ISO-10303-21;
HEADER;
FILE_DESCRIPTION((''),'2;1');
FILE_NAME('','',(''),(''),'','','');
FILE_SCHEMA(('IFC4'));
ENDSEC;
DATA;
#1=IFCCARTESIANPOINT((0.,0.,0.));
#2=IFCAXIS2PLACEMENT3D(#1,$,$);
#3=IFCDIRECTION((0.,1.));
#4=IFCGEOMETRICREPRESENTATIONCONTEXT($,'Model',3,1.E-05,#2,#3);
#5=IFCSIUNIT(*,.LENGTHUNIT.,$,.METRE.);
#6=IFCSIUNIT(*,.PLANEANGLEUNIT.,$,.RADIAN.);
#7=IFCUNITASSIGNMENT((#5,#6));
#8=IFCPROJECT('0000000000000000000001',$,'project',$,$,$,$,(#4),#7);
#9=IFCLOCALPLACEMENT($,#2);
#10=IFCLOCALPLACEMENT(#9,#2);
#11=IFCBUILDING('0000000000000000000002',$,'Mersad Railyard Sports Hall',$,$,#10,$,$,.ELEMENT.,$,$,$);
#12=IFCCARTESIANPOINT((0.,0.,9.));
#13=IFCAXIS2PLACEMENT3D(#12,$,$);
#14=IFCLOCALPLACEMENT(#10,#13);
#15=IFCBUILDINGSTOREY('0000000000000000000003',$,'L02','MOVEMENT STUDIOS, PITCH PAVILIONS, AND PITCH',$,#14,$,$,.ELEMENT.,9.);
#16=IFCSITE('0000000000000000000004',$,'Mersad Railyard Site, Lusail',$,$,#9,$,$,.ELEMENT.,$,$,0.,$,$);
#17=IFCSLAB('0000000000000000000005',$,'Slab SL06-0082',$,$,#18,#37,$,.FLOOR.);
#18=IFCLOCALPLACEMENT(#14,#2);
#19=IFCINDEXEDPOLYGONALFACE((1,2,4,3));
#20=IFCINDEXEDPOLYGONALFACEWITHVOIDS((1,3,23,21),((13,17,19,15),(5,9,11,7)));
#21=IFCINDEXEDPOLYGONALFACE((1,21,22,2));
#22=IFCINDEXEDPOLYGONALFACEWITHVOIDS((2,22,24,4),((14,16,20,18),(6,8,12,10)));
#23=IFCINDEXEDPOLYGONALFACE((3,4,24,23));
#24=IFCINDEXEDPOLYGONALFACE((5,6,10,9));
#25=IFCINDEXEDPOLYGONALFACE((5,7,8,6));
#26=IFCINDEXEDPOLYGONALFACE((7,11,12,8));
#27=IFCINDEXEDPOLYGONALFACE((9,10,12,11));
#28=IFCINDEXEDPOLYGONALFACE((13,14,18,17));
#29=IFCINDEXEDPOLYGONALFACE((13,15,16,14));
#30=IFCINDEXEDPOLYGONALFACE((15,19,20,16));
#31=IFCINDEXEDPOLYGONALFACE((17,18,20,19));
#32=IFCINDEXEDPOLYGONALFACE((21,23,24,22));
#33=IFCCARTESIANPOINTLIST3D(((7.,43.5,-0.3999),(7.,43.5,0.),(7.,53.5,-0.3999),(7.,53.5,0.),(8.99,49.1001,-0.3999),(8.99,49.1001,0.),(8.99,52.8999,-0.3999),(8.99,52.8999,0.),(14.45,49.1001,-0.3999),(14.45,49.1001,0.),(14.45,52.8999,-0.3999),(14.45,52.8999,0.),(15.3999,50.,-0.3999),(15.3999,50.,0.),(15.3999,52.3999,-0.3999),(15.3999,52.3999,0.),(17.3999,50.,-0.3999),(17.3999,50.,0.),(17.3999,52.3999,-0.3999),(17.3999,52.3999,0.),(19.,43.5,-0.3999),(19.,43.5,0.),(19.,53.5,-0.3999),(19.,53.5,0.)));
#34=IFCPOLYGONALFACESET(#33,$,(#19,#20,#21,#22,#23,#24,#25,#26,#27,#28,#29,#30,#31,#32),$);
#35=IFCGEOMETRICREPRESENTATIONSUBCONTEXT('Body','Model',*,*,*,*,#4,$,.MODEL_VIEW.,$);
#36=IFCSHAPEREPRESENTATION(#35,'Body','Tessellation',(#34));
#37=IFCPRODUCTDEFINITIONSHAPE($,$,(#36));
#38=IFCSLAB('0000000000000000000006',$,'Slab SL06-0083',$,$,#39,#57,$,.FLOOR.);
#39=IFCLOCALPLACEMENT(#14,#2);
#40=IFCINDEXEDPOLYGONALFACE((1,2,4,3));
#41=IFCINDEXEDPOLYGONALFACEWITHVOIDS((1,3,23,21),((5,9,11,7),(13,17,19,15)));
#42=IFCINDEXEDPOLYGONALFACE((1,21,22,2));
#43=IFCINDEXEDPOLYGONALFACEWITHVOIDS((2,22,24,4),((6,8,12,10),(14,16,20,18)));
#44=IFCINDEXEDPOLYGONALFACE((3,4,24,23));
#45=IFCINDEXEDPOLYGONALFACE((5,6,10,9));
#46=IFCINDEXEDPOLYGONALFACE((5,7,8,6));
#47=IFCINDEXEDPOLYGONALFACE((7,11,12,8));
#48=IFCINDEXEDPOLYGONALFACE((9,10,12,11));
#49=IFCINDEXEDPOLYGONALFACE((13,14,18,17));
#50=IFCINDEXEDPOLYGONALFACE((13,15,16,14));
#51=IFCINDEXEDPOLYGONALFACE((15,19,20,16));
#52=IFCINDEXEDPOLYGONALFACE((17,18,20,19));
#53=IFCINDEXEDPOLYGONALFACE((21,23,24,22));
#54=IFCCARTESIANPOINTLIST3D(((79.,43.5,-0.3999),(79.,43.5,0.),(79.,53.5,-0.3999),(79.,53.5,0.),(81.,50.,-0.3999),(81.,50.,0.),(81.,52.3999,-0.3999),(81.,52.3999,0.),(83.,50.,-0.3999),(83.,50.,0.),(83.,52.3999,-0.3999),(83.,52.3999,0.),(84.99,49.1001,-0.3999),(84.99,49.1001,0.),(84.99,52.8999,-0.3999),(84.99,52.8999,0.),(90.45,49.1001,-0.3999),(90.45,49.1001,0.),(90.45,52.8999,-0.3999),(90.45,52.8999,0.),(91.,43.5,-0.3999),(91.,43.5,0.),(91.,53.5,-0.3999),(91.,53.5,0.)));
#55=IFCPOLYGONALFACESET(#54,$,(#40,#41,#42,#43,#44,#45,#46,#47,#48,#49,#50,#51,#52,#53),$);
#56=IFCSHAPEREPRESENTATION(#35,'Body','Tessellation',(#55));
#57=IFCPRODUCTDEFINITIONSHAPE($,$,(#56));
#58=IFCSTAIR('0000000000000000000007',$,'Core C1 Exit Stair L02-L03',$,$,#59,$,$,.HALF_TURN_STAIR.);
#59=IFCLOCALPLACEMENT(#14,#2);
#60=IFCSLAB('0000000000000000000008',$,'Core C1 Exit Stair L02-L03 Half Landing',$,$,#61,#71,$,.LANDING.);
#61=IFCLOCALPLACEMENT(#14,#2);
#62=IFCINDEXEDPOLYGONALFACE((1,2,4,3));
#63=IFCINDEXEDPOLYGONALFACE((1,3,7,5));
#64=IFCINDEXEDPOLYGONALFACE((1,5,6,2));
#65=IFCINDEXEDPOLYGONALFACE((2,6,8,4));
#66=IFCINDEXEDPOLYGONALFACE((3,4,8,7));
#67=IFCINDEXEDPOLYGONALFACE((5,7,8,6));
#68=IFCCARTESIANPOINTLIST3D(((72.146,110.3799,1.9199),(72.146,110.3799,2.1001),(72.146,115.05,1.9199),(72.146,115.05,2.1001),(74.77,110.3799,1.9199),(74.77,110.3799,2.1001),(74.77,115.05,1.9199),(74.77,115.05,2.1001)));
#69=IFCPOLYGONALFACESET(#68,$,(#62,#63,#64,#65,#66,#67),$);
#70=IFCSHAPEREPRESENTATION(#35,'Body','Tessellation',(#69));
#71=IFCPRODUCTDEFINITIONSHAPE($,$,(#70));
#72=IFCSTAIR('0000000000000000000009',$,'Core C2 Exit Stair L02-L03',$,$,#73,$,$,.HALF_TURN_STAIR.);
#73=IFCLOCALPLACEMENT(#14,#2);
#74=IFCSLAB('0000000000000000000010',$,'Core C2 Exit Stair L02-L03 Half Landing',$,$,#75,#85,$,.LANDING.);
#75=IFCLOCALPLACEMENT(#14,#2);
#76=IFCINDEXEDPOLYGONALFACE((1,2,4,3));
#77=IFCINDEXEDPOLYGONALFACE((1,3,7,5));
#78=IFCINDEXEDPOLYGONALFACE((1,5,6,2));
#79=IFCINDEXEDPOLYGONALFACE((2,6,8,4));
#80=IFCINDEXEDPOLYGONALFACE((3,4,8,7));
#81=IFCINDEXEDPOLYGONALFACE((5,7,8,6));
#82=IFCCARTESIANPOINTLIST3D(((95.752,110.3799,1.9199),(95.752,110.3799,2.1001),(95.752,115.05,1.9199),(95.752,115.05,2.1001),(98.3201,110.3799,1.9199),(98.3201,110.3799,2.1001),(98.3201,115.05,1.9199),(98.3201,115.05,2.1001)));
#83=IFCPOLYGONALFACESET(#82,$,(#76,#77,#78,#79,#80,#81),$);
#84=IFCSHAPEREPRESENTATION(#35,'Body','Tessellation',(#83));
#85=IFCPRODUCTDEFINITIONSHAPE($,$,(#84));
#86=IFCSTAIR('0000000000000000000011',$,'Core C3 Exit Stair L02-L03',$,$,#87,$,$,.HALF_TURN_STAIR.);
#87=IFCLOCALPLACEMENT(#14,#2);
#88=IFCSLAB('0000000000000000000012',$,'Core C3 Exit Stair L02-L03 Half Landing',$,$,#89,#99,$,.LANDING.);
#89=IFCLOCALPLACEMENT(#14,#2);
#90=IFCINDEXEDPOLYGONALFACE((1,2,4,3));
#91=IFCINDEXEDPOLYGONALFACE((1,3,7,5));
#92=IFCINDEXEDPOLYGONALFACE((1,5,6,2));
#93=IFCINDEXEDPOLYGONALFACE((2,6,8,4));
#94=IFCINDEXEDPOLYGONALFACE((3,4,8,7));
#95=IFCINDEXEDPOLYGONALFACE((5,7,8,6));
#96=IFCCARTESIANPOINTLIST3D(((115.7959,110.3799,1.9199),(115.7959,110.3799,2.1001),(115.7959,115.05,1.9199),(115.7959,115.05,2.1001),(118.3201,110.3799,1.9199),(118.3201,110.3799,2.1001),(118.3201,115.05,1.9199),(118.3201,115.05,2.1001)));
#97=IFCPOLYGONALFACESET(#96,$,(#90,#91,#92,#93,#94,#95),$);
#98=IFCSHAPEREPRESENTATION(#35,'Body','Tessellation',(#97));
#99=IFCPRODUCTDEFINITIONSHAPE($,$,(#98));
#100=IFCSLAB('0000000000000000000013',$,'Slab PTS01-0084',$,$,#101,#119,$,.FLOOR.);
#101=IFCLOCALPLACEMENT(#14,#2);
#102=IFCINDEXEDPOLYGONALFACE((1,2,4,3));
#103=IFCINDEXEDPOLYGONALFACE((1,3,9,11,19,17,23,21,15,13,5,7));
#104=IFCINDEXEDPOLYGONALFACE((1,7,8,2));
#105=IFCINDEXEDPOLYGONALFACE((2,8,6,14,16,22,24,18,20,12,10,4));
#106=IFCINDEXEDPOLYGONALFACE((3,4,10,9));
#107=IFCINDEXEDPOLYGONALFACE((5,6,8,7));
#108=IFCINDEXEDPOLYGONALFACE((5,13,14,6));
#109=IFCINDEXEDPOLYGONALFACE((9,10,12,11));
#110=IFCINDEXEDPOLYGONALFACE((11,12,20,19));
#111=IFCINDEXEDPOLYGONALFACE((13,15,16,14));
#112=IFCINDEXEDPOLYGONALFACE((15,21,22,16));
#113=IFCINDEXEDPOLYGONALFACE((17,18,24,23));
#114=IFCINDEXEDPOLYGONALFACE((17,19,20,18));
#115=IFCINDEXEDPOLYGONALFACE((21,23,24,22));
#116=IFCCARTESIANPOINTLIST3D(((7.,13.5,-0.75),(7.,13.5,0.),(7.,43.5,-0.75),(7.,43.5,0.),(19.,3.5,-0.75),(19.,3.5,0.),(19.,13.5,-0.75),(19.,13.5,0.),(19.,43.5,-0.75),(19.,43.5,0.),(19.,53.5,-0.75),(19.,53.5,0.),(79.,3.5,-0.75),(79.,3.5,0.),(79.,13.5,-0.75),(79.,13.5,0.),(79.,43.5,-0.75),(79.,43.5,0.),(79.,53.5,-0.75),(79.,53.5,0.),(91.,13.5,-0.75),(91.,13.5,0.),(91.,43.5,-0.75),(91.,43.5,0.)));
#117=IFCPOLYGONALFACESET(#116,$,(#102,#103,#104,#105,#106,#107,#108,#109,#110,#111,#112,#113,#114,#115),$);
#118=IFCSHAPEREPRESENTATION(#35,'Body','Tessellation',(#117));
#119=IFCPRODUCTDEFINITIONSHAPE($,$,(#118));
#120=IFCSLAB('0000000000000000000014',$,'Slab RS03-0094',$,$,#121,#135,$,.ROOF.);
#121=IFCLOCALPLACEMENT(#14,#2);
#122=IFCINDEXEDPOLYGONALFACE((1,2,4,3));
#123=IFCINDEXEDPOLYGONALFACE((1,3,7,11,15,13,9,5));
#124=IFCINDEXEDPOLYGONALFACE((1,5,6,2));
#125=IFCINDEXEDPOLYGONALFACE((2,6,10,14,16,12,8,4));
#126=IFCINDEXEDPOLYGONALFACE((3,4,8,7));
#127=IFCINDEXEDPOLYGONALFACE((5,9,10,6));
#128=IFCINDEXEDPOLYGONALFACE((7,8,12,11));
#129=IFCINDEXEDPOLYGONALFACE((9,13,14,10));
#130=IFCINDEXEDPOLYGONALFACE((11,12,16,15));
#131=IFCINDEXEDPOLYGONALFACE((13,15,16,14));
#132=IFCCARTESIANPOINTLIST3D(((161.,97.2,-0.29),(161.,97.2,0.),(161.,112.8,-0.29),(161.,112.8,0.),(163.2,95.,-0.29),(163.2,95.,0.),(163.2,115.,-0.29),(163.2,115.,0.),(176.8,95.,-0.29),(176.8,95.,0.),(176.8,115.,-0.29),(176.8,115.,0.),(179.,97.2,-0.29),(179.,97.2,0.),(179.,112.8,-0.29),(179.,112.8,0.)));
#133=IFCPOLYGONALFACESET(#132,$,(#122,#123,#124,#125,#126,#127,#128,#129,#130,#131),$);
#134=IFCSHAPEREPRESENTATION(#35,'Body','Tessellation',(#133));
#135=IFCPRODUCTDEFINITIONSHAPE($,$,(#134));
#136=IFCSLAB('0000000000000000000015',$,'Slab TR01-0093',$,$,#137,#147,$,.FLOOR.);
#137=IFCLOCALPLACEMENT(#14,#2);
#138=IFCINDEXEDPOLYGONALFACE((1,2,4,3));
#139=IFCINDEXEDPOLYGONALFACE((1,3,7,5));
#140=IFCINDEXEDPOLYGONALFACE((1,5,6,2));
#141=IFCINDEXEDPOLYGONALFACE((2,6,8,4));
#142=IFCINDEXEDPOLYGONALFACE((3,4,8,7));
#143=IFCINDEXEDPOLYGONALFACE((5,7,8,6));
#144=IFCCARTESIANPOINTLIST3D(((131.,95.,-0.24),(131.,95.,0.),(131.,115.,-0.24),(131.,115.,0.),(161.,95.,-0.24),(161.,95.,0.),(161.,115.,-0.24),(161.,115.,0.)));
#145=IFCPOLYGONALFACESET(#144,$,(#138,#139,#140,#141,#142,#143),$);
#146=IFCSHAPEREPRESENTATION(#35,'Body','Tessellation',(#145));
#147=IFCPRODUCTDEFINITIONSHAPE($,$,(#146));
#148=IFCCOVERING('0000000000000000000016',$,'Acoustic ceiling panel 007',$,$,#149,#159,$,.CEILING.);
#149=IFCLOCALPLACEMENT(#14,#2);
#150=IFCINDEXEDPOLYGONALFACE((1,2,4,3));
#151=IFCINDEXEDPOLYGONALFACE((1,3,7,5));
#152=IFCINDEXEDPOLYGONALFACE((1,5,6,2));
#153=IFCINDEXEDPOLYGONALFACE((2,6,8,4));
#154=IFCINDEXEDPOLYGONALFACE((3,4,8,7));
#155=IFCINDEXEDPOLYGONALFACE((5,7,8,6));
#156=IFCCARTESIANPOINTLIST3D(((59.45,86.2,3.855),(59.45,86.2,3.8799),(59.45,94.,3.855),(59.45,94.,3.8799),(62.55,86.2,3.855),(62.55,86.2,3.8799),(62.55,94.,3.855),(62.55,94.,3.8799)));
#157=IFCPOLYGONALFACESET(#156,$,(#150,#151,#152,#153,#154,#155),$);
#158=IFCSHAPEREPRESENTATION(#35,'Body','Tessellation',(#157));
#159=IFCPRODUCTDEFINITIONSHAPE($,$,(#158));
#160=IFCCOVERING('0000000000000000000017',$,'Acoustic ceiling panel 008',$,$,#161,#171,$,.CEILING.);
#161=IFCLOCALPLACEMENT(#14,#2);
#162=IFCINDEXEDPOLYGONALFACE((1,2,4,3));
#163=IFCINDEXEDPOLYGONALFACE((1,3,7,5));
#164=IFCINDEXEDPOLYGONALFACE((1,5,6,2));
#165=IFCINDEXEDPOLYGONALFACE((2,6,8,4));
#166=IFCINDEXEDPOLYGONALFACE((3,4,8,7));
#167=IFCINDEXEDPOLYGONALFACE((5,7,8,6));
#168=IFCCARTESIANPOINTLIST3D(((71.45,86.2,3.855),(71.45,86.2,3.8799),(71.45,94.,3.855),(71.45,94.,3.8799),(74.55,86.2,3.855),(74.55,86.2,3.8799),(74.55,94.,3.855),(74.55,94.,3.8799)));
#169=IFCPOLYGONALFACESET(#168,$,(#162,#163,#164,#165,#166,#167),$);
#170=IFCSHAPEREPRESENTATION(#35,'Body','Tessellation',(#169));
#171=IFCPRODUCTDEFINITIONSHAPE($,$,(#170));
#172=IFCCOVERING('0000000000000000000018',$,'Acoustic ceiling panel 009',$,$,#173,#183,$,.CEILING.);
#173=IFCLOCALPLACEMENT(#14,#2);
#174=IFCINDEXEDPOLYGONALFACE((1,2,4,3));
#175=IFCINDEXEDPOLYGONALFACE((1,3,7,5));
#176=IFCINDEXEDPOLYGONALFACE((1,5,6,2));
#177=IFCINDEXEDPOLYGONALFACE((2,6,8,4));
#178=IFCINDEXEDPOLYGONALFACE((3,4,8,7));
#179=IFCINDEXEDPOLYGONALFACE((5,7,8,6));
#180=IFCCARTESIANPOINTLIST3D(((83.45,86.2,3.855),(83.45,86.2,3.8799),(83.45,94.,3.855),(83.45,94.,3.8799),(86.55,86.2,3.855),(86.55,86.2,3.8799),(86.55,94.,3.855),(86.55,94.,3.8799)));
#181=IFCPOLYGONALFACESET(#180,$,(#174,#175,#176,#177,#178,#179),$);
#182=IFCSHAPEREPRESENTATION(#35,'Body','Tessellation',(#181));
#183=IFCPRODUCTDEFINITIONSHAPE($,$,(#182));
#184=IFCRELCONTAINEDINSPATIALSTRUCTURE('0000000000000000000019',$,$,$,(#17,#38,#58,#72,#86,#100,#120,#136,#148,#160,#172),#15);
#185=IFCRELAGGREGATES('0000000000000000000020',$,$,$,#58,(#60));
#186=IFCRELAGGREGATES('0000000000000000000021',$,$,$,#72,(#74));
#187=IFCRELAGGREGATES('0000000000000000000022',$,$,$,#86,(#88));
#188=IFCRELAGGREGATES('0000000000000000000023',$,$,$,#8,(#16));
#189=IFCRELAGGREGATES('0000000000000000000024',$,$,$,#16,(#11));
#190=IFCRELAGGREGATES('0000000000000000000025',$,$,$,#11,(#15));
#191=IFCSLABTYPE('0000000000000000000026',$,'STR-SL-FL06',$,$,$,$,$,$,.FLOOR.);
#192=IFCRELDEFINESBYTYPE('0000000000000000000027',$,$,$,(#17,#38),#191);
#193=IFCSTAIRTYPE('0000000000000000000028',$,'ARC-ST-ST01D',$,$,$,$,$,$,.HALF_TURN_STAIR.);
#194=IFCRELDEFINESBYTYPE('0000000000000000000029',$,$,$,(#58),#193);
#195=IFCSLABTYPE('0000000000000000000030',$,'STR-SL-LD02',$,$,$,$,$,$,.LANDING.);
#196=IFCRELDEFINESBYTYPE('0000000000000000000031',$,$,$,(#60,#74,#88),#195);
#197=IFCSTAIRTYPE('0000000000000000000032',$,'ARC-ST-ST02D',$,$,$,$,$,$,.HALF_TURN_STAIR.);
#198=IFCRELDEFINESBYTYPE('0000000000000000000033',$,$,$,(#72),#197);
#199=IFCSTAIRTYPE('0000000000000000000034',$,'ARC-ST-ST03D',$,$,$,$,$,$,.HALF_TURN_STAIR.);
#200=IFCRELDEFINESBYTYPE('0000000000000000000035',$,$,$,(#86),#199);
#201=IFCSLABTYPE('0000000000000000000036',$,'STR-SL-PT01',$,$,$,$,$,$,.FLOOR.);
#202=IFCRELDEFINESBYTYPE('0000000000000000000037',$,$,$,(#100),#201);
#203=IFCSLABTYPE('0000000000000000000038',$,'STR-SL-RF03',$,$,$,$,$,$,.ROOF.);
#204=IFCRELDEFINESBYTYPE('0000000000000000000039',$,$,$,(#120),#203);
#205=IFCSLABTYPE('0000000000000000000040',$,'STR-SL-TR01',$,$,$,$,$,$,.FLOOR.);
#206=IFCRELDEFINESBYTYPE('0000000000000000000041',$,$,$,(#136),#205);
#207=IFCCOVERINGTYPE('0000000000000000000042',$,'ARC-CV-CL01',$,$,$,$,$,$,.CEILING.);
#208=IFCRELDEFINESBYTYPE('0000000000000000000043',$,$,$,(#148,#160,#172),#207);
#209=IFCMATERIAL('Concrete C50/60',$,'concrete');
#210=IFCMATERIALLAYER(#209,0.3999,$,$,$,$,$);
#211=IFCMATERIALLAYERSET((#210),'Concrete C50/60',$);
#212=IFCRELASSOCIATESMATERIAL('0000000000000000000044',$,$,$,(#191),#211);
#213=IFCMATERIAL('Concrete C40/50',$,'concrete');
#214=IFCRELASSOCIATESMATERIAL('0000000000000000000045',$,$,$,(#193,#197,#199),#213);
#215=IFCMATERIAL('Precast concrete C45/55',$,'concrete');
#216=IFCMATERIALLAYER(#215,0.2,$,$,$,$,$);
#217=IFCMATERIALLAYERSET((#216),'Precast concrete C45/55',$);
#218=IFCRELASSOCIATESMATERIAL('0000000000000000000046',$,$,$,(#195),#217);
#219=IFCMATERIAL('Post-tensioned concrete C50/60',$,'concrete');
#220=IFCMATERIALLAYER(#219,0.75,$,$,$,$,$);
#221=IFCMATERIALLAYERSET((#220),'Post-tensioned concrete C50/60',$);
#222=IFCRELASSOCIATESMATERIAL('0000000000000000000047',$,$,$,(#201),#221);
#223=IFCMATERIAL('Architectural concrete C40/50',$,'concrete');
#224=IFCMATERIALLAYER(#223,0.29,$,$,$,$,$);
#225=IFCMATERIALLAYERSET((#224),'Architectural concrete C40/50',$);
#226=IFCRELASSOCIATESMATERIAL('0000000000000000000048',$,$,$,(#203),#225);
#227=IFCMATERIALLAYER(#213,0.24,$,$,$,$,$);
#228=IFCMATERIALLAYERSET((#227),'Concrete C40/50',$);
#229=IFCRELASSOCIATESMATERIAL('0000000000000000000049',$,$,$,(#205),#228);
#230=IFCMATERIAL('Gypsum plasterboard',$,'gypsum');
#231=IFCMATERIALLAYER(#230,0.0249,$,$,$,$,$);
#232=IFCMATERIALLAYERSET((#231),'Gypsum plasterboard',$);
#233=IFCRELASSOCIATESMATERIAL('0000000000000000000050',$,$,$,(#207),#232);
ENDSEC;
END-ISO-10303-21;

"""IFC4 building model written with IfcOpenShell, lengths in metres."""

from ifc_helpers import new_model, si_unit, direction, frame, origin, place, context, subcontext, project, spatial, polyline, outline, extrude, material, layer, layer_set, type_object, element, aggregate, save


model = new_model("IFC4")

# Units and contexts
model_context = context("Model", 3, precision=1e-05, world=origin(), true_north=direction((0.0, 1.0)))
body_context = subcontext(model_context, "Body", "Model", "MODEL_VIEW")
ifc_project = project(units=[si_unit("LENGTHUNIT", "METRE"), si_unit("PLANEANGLEUNIT", "RADIAN")], contexts=[model_context])

# Site, building, storey
site_placement = place(None, origin())
site = spatial("IfcSite", under=ifc_project, at=site_placement, Name="Mersad Railyard Site, Lusail", CompositionType="ELEMENT", RefElevation=0.0)
building_placement = place(site_placement, origin())
building = spatial("IfcBuilding", under=site, at=building_placement, Name="Mersad Railyard Sports Hall", CompositionType="ELEMENT")
storey_placement = place(building_placement, frame((0.0, 0.0, 9.0)))
storey = spatial("IfcBuildingStorey", under=building, at=storey_placement, Name="L02", Description="MOVEMENT STUDIOS, PITCH PAVILIONS, AND PITCH", CompositionType="ELEMENT", Elevation=9.0)

# Slabs
ifc_material_1 = material(Name="Concrete C40/50", Category="concrete")
ifc_material_2 = material(Name="Concrete C50/60", Category="concrete")
ifc_layer_1 = layer(ifc_material_2, 0.3999)
ifc_layer_set_1 = layer_set([ifc_layer_1], Name="Concrete C50/60")
slab_type_1 = type_object("IfcSlabType", Name="STR-SL-FL06", PredefinedType="FLOOR", material=ifc_layer_set_1)
slab_1_placement = place(storey_placement, frame((0.0, 0.0, -0.3999)))
element("IfcSlab", 1, at=slab_1_placement, inside=storey, type_object=slab_type_1, Name="Slab SL06-0082", PredefinedType="FLOOR", context=body_context, shape_type="SweptSolid", body=[
    extrude(outline(polyline([(7.0, 43.5), (19.0, 43.5), (19.0, 53.5), (7.0, 53.5), (7.0, 43.5)]), holes=[polyline([(8.99, 49.1001), (14.45, 49.1001), (14.45, 52.8999), (8.99, 52.8999), (8.99, 49.1001)]), polyline([(15.3999, 50.0), (17.3999, 50.0), (17.3999, 52.3999), (15.3999, 52.3999), (15.3999, 50.0)])]), origin(), (0.0, 0.0, 1.0), 0.3999),
])
slab_2_placement = place(storey_placement, frame((0.0, 0.0, -0.3999)))
element("IfcSlab", 2, at=slab_2_placement, inside=storey, type_object=slab_type_1, Name="Slab SL06-0083", PredefinedType="FLOOR", context=body_context, shape_type="SweptSolid", body=[
    extrude(outline(polyline([(79.0, 43.5), (91.0, 43.5), (91.0, 53.5), (79.0, 53.5), (79.0, 43.5)]), holes=[polyline([(84.99, 49.1001), (90.45, 49.1001), (90.45, 52.8999), (84.99, 52.8999), (84.99, 49.1001)]), polyline([(81.0, 50.0), (83.0, 50.0), (83.0, 52.3999), (81.0, 52.3999), (81.0, 50.0)])]), origin(), (0.0, 0.0, 1.0), 0.3999),
])

# Stairs, slabs
stair_type_1 = type_object("IfcStairType", Name="ARC-ST-ST01D", PredefinedType="HALF_TURN_STAIR", material=ifc_material_1)
stair_1_placement = place(storey_placement, origin())
stair_1 = element("IfcStair", 3, at=stair_1_placement, inside=storey, type_object=stair_type_1, Name="Core C1 Exit Stair L02-L03", PredefinedType="HALF_TURN_STAIR")
ifc_material_3 = material(Name="Precast concrete C45/55", Category="concrete")
ifc_layer_2 = layer(ifc_material_3, 0.2)
ifc_layer_set_2 = layer_set([ifc_layer_2], Name="Precast concrete C45/55")
slab_type_2 = type_object("IfcSlabType", Name="STR-SL-LD02", PredefinedType="LANDING", material=ifc_layer_set_2)
slab_3_placement = place(storey_placement, frame((0.0, 0.0, 1.9199)))
slab_3 = element("IfcSlab", 4, at=slab_3_placement, type_object=slab_type_2, Name="Core C1 Exit Stair L02-L03 Half Landing", PredefinedType="LANDING", context=body_context, shape_type="SweptSolid", body=[
    extrude(outline(polyline([(72.146, 110.3799), (74.77, 110.3799), (74.77, 115.05), (72.146, 115.05), (72.146, 110.3799)])), origin(), (0.0, 0.0, 1.0), 0.1802),
])
aggregate(stair_1, [slab_3])
stair_type_2 = type_object("IfcStairType", Name="ARC-ST-ST02D", PredefinedType="HALF_TURN_STAIR", material=ifc_material_1)
stair_2_placement = place(storey_placement, origin())
stair_2 = element("IfcStair", 5, at=stair_2_placement, inside=storey, type_object=stair_type_2, Name="Core C2 Exit Stair L02-L03", PredefinedType="HALF_TURN_STAIR")
slab_4_placement = place(storey_placement, frame((0.0, 0.0, 1.9199)))
slab_4 = element("IfcSlab", 6, at=slab_4_placement, type_object=slab_type_2, Name="Core C2 Exit Stair L02-L03 Half Landing", PredefinedType="LANDING", context=body_context, shape_type="SweptSolid", body=[
    extrude(outline(polyline([(95.752, 110.3799), (98.3201, 110.3799), (98.3201, 115.05), (95.752, 115.05), (95.752, 110.3799)])), origin(), (0.0, 0.0, 1.0), 0.1802),
])
aggregate(stair_2, [slab_4])
stair_type_3 = type_object("IfcStairType", Name="ARC-ST-ST03D", PredefinedType="HALF_TURN_STAIR", material=ifc_material_1)
stair_3_placement = place(storey_placement, origin())
stair_3 = element("IfcStair", 7, at=stair_3_placement, inside=storey, type_object=stair_type_3, Name="Core C3 Exit Stair L02-L03", PredefinedType="HALF_TURN_STAIR")
slab_5_placement = place(storey_placement, frame((0.0, 0.0, 1.9199)))
slab_5 = element("IfcSlab", 8, at=slab_5_placement, type_object=slab_type_2, Name="Core C3 Exit Stair L02-L03 Half Landing", PredefinedType="LANDING", context=body_context, shape_type="SweptSolid", body=[
    extrude(outline(polyline([(115.7959, 110.3799), (118.3201, 110.3799), (118.3201, 115.05), (115.7959, 115.05), (115.7959, 110.3799)])), origin(), (0.0, 0.0, 1.0), 0.1802),
])
aggregate(stair_3, [slab_5])

# Slabs
ifc_material_4 = material(Name="Post-tensioned concrete C50/60", Category="concrete")
ifc_layer_3 = layer(ifc_material_4, 0.75)
ifc_layer_set_3 = layer_set([ifc_layer_3], Name="Post-tensioned concrete C50/60")
slab_type_3 = type_object("IfcSlabType", Name="STR-SL-PT01", PredefinedType="FLOOR", material=ifc_layer_set_3)
slab_6_placement = place(storey_placement, frame((0.0, 0.0, -0.75)))
element("IfcSlab", 9, at=slab_6_placement, inside=storey, type_object=slab_type_3, Name="Slab PTS01-0084", PredefinedType="FLOOR", context=body_context, shape_type="SweptSolid", body=[
    extrude(outline(polyline([(19.0, 3.5), (79.0, 3.5), (79.0, 13.5), (91.0, 13.5), (91.0, 43.5), (79.0, 43.5), (79.0, 53.5), (19.0, 53.5), (19.0, 43.5), (7.0, 43.5), (7.0, 13.5), (19.0, 13.5), (19.0, 3.5)])), origin(), (0.0, 0.0, 1.0), 0.75),
])
ifc_material_5 = material(Name="Architectural concrete C40/50", Category="concrete")
ifc_layer_4 = layer(ifc_material_5, 0.29)
ifc_layer_set_4 = layer_set([ifc_layer_4], Name="Architectural concrete C40/50")
slab_type_4 = type_object("IfcSlabType", Name="STR-SL-RF03", PredefinedType="ROOF", material=ifc_layer_set_4)
slab_7_placement = place(storey_placement, frame((0.0, 0.0, -0.29)))
element("IfcSlab", 10, at=slab_7_placement, inside=storey, type_object=slab_type_4, Name="Slab RS03-0094", PredefinedType="ROOF", context=body_context, shape_type="SweptSolid", body=[
    extrude(outline(polyline([(163.2, 95.0), (176.8, 95.0), (179.0, 97.2), (179.0, 112.8), (176.8, 115.0), (163.2, 115.0), (161.0, 112.8), (161.0, 97.2), (163.2, 95.0)])), origin(), (0.0, 0.0, 1.0), 0.29),
])
ifc_layer_5 = layer(ifc_material_1, 0.24)
ifc_layer_set_5 = layer_set([ifc_layer_5], Name="Concrete C40/50")
slab_type_5 = type_object("IfcSlabType", Name="STR-SL-TR01", PredefinedType="FLOOR", material=ifc_layer_set_5)
slab_8_placement = place(storey_placement, frame((0.0, 0.0, -0.24)))
element("IfcSlab", 11, at=slab_8_placement, inside=storey, type_object=slab_type_5, Name="Slab TR01-0093", PredefinedType="FLOOR", context=body_context, shape_type="SweptSolid", body=[
    extrude(outline(polyline([(131.0, 95.0), (161.0, 95.0), (161.0, 115.0), (131.0, 115.0), (131.0, 95.0)])), origin(), (0.0, 0.0, 1.0), 0.24),
])

# Coverings
ifc_material_6 = material(Name="Gypsum plasterboard", Category="gypsum")
ifc_layer_6 = layer(ifc_material_6, 0.0249)
ifc_layer_set_6 = layer_set([ifc_layer_6], Name="Gypsum plasterboard")
covering_type_1 = type_object("IfcCoveringType", Name="ARC-CV-CL01", PredefinedType="CEILING", material=ifc_layer_set_6)
covering_1_placement = place(storey_placement, frame((0.0, 0.0, 3.855)))
element("IfcCovering", 12, at=covering_1_placement, inside=storey, type_object=covering_type_1, Name="Acoustic ceiling panel 007", PredefinedType="CEILING", context=body_context, shape_type="SweptSolid", body=[
    extrude(outline(polyline([(59.45, 86.2), (62.55, 86.2), (62.55, 94.0), (59.45, 94.0), (59.45, 86.2)])), origin(), (0.0, 0.0, 1.0), 0.0249),
])
covering_2_placement = place(storey_placement, frame((0.0, 0.0, 3.855)))
element("IfcCovering", 13, at=covering_2_placement, inside=storey, type_object=covering_type_1, Name="Acoustic ceiling panel 008", PredefinedType="CEILING", context=body_context, shape_type="SweptSolid", body=[
    extrude(outline(polyline([(71.45, 86.2), (74.55, 86.2), (74.55, 94.0), (71.45, 94.0), (71.45, 86.2)])), origin(), (0.0, 0.0, 1.0), 0.0249),
])
covering_3_placement = place(storey_placement, frame((0.0, 0.0, 3.855)))
element("IfcCovering", 14, at=covering_3_placement, inside=storey, type_object=covering_type_1, Name="Acoustic ceiling panel 009", PredefinedType="CEILING", context=body_context, shape_type="SweptSolid", body=[
    extrude(outline(polyline([(83.45, 86.2), (86.55, 86.2), (86.55, 94.0), (83.45, 94.0), (83.45, 86.2)])), origin(), (0.0, 0.0, 1.0), 0.0249),
])

save(model, "model.ifc")
